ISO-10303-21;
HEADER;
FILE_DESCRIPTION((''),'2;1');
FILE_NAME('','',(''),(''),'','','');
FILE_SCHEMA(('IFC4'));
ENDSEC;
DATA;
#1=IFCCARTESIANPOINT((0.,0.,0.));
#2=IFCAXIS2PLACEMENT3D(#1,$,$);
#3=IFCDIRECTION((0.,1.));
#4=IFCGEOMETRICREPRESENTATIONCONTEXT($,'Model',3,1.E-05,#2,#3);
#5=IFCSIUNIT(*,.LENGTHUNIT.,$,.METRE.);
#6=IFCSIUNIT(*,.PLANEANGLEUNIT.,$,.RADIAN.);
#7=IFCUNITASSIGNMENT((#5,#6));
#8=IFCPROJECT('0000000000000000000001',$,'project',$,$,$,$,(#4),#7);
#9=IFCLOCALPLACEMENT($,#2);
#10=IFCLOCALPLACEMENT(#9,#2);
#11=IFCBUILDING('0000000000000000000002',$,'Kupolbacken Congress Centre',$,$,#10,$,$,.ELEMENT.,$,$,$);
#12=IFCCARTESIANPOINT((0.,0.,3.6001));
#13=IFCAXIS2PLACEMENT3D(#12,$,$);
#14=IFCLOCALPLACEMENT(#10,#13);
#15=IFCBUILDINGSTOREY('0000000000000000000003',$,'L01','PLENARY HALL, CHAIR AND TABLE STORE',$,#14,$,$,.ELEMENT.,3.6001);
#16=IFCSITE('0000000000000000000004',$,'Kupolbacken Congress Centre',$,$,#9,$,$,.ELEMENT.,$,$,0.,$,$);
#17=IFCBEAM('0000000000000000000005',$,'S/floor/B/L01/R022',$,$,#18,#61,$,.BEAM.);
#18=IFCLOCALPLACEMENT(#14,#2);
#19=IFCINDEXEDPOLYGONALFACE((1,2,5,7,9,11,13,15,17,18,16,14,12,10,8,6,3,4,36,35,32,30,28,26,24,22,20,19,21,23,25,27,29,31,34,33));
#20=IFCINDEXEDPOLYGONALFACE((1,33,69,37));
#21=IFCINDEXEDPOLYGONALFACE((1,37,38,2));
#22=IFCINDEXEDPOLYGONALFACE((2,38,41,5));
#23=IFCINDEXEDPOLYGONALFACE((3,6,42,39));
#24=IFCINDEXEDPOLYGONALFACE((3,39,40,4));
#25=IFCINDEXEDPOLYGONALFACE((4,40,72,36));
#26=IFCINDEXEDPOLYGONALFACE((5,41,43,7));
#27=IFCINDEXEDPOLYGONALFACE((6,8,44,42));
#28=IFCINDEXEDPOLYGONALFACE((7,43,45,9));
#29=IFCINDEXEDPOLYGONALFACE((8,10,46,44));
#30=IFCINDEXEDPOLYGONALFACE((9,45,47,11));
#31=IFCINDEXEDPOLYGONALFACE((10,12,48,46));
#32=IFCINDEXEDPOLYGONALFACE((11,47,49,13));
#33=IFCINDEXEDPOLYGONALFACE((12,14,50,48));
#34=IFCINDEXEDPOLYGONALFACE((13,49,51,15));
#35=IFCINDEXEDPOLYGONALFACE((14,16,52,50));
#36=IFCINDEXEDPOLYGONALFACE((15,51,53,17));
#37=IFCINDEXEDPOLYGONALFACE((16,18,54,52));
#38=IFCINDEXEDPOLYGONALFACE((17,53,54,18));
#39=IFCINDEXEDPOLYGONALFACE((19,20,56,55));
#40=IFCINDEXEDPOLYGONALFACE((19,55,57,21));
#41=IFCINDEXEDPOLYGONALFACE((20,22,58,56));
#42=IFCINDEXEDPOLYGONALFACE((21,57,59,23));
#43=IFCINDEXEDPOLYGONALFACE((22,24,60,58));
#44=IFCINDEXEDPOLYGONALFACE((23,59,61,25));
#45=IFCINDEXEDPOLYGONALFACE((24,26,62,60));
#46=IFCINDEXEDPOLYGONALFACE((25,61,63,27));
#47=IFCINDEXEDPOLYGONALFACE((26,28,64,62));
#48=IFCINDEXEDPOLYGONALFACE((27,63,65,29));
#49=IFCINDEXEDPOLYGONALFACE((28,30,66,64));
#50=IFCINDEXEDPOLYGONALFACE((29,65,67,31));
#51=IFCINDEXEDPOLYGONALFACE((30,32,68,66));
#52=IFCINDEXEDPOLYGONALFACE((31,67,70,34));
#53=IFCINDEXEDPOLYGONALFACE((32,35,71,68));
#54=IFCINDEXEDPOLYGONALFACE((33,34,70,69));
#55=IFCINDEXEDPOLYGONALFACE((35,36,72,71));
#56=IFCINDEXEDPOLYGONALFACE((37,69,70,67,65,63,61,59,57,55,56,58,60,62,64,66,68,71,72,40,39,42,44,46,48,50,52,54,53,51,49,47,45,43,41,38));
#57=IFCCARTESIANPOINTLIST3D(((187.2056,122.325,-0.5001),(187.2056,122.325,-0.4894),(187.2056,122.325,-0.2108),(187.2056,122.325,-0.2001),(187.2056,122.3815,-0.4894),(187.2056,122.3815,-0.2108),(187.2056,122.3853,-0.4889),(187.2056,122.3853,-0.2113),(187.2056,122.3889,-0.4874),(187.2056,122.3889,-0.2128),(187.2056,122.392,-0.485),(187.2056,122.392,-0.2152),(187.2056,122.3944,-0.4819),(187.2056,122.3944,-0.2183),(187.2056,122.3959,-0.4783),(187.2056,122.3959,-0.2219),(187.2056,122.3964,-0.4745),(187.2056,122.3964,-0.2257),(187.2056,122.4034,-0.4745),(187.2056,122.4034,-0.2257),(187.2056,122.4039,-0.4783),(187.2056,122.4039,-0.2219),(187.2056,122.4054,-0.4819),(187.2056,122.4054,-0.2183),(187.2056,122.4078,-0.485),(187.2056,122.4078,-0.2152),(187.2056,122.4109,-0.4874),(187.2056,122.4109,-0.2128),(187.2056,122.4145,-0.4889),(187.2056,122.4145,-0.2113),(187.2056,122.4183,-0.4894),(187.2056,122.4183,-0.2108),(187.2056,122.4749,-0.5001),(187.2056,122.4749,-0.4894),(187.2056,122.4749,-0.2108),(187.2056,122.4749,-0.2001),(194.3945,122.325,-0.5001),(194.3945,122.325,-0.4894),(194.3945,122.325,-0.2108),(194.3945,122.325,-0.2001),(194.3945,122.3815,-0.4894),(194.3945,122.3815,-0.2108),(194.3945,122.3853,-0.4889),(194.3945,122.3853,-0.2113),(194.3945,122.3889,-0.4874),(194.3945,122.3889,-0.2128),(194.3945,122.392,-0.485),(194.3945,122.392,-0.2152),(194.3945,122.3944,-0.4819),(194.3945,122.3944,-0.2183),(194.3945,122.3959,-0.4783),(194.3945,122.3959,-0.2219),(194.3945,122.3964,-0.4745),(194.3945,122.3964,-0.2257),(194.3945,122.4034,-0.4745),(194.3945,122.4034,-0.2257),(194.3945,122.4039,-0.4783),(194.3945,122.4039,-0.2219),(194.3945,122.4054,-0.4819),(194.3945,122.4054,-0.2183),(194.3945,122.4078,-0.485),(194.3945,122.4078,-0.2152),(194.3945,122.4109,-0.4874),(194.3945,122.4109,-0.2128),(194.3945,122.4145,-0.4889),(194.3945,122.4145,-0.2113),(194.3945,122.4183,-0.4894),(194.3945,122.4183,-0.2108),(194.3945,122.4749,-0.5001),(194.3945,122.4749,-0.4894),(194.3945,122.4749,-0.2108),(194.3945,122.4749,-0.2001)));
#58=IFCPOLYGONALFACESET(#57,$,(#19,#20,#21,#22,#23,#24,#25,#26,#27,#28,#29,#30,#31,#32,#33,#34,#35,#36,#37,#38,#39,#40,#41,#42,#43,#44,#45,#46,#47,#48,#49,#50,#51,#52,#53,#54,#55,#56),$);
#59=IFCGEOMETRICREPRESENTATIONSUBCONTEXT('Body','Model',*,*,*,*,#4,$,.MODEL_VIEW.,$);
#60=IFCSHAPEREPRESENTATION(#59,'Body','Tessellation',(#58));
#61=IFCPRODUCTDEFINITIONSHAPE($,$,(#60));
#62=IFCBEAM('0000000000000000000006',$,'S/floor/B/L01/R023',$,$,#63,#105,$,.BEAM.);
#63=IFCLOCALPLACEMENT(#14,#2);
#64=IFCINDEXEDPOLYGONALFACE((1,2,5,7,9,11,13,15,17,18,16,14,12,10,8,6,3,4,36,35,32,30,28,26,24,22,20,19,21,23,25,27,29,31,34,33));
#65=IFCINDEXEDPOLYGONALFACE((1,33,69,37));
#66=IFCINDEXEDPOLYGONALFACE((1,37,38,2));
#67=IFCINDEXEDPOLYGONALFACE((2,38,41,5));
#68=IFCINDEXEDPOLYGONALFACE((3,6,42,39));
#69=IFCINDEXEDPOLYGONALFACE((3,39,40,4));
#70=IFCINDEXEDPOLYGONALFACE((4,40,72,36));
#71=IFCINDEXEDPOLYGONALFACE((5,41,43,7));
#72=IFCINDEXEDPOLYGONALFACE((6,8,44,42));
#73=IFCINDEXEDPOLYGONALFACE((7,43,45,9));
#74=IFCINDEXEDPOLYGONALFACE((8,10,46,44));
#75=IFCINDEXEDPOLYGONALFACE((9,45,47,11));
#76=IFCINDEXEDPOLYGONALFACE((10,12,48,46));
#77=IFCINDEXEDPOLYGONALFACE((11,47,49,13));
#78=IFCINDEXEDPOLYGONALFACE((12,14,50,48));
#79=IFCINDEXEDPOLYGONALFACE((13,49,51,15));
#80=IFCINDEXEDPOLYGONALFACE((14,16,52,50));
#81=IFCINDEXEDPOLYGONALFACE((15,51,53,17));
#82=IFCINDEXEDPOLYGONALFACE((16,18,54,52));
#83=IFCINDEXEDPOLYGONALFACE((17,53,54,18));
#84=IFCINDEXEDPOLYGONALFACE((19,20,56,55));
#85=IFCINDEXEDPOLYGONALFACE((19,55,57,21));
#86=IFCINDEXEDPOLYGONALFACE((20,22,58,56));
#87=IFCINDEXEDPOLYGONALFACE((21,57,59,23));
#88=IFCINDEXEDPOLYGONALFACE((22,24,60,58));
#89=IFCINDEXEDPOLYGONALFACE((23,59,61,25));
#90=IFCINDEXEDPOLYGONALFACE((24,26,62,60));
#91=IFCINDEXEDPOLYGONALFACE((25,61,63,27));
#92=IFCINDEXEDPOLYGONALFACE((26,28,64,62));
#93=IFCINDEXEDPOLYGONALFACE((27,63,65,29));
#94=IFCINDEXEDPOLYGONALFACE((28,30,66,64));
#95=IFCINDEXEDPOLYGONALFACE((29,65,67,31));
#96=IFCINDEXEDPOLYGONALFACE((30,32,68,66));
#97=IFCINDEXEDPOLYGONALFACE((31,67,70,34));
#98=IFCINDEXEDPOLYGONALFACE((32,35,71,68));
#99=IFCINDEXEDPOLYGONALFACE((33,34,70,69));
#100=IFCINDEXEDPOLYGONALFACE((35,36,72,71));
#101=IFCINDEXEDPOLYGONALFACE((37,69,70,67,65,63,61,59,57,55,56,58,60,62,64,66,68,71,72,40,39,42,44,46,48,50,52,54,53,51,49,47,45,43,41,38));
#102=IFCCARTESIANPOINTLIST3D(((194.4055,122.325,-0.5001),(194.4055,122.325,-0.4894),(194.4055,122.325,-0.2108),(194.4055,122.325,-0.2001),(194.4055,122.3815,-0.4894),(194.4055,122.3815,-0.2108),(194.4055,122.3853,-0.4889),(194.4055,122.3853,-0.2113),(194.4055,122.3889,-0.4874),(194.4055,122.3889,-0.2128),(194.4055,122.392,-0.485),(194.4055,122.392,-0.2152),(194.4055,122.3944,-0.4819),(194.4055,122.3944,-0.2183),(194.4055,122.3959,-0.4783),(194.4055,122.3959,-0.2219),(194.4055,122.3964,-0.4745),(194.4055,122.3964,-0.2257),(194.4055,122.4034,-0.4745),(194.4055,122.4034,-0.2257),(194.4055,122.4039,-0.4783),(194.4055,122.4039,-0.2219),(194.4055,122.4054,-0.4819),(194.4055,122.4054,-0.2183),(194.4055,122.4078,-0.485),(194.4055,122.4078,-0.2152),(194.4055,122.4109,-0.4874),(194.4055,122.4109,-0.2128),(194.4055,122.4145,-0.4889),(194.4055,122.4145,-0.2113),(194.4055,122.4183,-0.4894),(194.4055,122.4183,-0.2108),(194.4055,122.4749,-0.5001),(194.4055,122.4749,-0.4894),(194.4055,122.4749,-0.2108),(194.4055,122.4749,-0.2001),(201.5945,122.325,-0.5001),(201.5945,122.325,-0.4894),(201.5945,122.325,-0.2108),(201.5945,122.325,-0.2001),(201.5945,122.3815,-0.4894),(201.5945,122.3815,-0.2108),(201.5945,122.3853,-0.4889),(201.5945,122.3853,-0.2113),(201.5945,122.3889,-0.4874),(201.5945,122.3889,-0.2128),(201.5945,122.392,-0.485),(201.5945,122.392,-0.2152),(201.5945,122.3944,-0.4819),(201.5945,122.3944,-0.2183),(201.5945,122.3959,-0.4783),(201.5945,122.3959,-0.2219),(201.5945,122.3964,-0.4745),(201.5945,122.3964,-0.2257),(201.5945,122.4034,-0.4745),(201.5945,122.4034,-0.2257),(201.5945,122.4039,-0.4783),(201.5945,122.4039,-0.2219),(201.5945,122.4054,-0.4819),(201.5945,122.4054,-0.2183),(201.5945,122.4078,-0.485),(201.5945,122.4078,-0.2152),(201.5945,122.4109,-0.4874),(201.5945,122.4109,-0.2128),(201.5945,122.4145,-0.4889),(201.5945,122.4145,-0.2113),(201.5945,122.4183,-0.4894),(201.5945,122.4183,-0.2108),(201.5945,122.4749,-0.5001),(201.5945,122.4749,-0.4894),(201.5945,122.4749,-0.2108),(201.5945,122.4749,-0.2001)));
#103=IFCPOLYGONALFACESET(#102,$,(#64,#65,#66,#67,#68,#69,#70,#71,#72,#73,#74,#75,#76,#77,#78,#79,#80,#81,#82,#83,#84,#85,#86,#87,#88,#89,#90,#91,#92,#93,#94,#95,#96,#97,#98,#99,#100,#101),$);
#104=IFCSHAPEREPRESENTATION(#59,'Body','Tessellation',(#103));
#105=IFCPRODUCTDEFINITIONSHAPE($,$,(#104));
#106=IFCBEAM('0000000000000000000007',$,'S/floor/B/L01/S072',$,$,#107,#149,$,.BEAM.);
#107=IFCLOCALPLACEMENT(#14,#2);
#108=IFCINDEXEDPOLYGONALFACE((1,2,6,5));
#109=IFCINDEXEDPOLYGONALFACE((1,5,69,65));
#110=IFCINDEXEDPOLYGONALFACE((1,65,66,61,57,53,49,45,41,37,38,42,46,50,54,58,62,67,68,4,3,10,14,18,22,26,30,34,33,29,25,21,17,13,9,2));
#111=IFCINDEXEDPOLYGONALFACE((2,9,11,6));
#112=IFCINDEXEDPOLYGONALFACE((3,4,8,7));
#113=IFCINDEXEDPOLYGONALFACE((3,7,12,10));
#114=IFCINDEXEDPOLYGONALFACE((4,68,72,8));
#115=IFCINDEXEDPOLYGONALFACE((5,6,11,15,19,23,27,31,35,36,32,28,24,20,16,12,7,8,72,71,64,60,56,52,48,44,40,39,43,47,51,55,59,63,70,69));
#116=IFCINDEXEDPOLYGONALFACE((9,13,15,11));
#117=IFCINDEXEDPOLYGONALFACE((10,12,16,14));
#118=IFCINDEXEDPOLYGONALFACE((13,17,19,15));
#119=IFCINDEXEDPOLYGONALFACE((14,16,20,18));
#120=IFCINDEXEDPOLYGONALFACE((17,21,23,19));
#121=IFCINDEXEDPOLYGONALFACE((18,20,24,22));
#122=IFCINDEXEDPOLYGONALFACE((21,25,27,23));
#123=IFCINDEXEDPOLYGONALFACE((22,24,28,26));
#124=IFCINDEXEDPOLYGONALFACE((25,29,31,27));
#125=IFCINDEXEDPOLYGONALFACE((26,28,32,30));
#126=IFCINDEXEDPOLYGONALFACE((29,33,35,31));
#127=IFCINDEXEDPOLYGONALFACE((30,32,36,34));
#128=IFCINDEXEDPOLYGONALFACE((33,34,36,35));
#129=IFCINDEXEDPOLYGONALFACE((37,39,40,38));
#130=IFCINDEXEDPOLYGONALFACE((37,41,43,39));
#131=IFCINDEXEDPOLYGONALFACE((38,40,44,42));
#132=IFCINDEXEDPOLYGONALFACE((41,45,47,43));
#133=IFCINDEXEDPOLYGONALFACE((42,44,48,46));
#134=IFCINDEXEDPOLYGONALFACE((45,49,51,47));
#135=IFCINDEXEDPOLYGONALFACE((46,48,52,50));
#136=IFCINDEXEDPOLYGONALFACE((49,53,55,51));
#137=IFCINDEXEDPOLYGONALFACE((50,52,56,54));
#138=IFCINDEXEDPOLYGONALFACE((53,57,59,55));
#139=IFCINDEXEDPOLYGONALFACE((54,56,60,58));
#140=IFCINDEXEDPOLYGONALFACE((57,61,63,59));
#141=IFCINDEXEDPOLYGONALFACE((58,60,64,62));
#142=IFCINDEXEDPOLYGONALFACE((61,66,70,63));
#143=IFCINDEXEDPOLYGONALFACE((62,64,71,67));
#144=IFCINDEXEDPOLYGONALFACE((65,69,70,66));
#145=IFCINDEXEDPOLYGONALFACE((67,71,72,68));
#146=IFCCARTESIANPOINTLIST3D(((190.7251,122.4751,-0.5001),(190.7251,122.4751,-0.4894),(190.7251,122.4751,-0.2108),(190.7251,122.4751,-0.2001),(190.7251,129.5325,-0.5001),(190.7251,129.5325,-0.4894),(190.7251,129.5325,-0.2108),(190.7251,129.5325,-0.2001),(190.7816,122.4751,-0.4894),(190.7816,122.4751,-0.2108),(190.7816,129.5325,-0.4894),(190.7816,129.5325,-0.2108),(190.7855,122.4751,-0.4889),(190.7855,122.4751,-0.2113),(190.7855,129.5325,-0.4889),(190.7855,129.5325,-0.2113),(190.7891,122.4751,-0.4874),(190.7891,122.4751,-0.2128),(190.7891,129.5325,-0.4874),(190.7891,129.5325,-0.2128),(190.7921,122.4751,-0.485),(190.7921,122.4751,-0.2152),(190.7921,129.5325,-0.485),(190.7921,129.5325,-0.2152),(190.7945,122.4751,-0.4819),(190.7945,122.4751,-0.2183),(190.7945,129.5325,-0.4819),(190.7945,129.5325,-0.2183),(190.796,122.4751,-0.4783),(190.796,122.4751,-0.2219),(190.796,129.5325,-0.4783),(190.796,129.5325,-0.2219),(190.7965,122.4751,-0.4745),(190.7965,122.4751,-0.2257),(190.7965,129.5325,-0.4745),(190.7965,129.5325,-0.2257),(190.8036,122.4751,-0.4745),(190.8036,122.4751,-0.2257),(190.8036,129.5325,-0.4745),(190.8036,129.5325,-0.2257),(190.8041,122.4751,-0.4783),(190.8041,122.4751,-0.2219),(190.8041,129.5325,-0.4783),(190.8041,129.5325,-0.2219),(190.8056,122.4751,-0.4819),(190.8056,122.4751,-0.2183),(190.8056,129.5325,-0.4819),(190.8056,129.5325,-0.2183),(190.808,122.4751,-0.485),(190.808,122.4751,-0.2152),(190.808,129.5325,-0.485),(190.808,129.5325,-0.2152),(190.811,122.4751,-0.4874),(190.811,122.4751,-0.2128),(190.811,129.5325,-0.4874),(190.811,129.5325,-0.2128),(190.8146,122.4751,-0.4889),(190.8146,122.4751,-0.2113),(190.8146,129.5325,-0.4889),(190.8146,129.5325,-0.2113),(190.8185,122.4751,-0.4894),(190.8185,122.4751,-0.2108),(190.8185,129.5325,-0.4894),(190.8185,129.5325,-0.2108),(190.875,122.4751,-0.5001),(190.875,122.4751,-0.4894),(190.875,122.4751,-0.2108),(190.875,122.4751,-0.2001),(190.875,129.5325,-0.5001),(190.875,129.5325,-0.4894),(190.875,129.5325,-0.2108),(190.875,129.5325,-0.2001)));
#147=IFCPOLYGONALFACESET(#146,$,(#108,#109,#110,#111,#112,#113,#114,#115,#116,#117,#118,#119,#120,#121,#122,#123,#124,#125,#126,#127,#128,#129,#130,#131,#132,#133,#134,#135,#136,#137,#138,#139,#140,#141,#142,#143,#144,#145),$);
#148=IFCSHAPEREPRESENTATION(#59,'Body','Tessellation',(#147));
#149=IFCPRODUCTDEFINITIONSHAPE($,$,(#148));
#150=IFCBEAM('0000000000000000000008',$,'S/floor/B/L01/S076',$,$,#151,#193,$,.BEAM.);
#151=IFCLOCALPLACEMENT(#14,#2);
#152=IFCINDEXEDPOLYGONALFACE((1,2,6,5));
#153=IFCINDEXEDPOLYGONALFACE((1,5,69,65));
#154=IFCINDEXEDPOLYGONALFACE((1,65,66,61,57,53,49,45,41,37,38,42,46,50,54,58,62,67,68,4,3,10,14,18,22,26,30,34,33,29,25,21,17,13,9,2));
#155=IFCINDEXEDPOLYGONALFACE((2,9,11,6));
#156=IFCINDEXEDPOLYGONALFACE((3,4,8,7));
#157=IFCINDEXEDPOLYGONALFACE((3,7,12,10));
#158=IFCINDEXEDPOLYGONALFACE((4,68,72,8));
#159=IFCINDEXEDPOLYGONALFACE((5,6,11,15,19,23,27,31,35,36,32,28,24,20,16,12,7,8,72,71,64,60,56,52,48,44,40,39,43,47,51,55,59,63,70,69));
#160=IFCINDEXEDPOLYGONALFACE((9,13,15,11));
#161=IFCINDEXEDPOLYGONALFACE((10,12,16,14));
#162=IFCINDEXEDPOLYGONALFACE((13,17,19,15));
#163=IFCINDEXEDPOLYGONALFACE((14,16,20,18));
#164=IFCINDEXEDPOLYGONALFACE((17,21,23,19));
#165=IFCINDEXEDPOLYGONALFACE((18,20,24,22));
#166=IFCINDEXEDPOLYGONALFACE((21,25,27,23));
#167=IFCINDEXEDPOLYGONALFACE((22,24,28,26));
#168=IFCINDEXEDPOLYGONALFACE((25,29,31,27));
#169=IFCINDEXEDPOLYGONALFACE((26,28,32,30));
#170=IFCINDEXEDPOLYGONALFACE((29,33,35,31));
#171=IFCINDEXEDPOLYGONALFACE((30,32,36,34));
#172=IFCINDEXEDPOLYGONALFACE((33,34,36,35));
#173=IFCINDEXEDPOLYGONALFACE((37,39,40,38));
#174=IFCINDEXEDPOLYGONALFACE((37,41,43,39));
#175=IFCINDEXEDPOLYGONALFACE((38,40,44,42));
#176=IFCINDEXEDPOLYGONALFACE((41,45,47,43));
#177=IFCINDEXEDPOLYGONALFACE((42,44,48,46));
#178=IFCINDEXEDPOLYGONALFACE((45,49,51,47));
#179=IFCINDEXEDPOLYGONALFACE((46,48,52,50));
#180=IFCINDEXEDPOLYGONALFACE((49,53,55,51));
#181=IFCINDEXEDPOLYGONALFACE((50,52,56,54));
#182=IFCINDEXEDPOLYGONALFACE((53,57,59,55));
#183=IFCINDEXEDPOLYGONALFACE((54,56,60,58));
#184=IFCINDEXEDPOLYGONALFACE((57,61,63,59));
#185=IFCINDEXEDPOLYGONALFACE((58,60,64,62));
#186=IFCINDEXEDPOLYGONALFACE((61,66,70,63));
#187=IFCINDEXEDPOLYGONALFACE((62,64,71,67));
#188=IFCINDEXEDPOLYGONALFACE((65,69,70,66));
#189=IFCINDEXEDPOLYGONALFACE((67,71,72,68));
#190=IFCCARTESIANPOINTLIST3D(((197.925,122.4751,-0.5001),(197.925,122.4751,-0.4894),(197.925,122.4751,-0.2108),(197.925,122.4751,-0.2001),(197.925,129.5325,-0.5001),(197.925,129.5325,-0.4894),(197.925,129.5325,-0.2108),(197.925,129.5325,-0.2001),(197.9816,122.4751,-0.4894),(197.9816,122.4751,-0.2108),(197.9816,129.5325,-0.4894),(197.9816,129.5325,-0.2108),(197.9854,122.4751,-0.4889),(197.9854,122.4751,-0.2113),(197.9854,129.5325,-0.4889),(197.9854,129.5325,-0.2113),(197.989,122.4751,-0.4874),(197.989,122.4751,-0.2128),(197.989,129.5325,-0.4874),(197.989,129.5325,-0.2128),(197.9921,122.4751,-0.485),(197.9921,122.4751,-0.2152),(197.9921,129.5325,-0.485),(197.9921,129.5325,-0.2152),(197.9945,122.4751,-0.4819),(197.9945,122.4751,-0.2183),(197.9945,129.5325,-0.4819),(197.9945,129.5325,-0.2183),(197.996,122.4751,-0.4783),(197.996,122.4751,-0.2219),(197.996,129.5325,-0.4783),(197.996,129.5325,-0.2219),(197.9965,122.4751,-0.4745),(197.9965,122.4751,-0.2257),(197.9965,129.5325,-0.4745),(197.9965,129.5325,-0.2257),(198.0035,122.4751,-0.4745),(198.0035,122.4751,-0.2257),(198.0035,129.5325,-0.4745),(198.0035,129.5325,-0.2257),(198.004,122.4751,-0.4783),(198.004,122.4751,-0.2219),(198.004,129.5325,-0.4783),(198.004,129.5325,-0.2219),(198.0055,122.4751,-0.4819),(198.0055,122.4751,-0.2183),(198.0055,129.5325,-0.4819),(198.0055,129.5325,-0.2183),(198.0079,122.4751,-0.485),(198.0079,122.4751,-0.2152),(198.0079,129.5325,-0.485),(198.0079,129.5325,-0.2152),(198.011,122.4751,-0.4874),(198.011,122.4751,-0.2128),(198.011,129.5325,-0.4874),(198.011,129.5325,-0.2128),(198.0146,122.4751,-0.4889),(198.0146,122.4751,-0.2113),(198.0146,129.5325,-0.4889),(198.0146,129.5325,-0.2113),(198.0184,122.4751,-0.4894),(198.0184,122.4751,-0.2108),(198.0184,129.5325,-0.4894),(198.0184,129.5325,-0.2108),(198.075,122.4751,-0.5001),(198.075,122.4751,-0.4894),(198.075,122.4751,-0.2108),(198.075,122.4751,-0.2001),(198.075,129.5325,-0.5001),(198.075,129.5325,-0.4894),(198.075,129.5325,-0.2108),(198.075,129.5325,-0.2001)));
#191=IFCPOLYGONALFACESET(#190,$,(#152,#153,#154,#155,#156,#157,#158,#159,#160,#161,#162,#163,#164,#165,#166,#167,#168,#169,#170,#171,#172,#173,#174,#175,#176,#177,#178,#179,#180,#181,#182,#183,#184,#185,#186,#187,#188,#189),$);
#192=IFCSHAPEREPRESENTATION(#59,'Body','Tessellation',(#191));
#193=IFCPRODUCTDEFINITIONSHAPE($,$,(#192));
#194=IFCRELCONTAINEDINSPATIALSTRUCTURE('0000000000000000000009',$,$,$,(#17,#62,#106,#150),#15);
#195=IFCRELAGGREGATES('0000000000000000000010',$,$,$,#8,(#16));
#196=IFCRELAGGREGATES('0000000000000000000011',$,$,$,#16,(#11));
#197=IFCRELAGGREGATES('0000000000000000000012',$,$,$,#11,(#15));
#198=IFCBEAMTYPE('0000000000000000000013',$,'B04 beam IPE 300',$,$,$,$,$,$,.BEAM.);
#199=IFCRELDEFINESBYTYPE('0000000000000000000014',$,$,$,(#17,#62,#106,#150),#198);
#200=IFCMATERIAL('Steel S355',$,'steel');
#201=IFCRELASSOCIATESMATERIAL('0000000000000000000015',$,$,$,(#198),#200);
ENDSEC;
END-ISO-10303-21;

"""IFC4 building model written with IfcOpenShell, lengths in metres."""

from ifc_helpers import new_model, si_unit, direction, frame, origin, origin_2d, place, context, subcontext, project, spatial, i_section, extrude, material, material_profile, profile_set, type_object, element, save


model = new_model("IFC4")

# Units and contexts
model_context = context("Model", 3, precision=1e-05, world=origin(), true_north=direction((0.0, 1.0)))
body_context = subcontext(model_context, "Body", "Model", "MODEL_VIEW")
ifc_project = project(units=[si_unit("LENGTHUNIT", "METRE"), si_unit("PLANEANGLEUNIT", "RADIAN")], contexts=[model_context])

# Site, building, storey
site_placement = place(None, origin())
site = spatial("IfcSite", under=ifc_project, at=site_placement, Name="Kupolbacken Congress Centre", CompositionType="ELEMENT", RefElevation=0.0)
building_placement = place(site_placement, origin())
building = spatial("IfcBuilding", under=site, at=building_placement, Name="Kupolbacken Congress Centre", CompositionType="ELEMENT")
storey_placement = place(building_placement, frame((0.0, 0.0, 3.6001)))
storey = spatial("IfcBuildingStorey", under=building, at=storey_placement, Name="L01", Description="PLENARY HALL, CHAIR AND TABLE STORE", CompositionType="ELEMENT", Elevation=3.6001)

# Beams
ifc_material_1 = material(Name="Steel S355", Category="steel")
ifc_material_profile_1 = material_profile(ifc_material_1, i_section(OverallWidth=0.1499, OverallDepth=0.3, WebThickness=0.0071, FlangeThickness=0.0107, FilletRadius=0.0149, at=origin_2d()), Name="IPE 300")
ifc_profile_set_1 = profile_set([ifc_material_profile_1], Name="Steel S355")
beam_type_1 = type_object("IfcBeamType", Name="B04 beam IPE 300", PredefinedType="BEAM", material=ifc_profile_set_1)
for number, where, z_axis, x_axis, name in (
    (1, (187.2056, 122.3999, -0.3501), (1.0, 0.0, 0.0), (0.0, 1.0, 0.0), "S/floor/B/L01/R022"),
    (2, (194.4055, 122.3999, -0.3501), (1.0, 0.0, 0.0), (0.0, 1.0, 0.0), "S/floor/B/L01/R023"),
):
    element("IfcBeam", number, at=place(storey_placement, frame(where, z_axis=z_axis, x_axis=x_axis)), inside=storey, type_object=beam_type_1, Name=name, PredefinedType="BEAM", context=body_context, shape_type="SweptSolid", body=[
        extrude(i_section(OverallWidth=0.1499, OverallDepth=0.3, WebThickness=0.0071, FlangeThickness=0.0107, FilletRadius=0.0149, at=origin_2d()), origin(), (0.0, 0.0, 1.0), 7.189),
    ])
for number, where, z_axis, x_axis, name in (
    (3, (190.8, 122.4751, -0.3501), (0.0, 1.0, 0.0), (-1.0, 0.0, 0.0), "S/floor/B/L01/S072"),
    (4, (198.0, 122.4751, -0.3501), (0.0, 1.0, 0.0), (-1.0, 0.0, 0.0), "S/floor/B/L01/S076"),
):
    element("IfcBeam", number, at=place(storey_placement, frame(where, z_axis=z_axis, x_axis=x_axis)), inside=storey, type_object=beam_type_1, Name=name, PredefinedType="BEAM", context=body_context, shape_type="SweptSolid", body=[
        extrude(i_section(OverallWidth=0.1499, OverallDepth=0.3, WebThickness=0.0071, FlangeThickness=0.0107, FilletRadius=0.0149, at=origin_2d()), origin(), (0.0, 0.0, 1.0), 7.0574),
    ])

save(model, "model.ifc")
